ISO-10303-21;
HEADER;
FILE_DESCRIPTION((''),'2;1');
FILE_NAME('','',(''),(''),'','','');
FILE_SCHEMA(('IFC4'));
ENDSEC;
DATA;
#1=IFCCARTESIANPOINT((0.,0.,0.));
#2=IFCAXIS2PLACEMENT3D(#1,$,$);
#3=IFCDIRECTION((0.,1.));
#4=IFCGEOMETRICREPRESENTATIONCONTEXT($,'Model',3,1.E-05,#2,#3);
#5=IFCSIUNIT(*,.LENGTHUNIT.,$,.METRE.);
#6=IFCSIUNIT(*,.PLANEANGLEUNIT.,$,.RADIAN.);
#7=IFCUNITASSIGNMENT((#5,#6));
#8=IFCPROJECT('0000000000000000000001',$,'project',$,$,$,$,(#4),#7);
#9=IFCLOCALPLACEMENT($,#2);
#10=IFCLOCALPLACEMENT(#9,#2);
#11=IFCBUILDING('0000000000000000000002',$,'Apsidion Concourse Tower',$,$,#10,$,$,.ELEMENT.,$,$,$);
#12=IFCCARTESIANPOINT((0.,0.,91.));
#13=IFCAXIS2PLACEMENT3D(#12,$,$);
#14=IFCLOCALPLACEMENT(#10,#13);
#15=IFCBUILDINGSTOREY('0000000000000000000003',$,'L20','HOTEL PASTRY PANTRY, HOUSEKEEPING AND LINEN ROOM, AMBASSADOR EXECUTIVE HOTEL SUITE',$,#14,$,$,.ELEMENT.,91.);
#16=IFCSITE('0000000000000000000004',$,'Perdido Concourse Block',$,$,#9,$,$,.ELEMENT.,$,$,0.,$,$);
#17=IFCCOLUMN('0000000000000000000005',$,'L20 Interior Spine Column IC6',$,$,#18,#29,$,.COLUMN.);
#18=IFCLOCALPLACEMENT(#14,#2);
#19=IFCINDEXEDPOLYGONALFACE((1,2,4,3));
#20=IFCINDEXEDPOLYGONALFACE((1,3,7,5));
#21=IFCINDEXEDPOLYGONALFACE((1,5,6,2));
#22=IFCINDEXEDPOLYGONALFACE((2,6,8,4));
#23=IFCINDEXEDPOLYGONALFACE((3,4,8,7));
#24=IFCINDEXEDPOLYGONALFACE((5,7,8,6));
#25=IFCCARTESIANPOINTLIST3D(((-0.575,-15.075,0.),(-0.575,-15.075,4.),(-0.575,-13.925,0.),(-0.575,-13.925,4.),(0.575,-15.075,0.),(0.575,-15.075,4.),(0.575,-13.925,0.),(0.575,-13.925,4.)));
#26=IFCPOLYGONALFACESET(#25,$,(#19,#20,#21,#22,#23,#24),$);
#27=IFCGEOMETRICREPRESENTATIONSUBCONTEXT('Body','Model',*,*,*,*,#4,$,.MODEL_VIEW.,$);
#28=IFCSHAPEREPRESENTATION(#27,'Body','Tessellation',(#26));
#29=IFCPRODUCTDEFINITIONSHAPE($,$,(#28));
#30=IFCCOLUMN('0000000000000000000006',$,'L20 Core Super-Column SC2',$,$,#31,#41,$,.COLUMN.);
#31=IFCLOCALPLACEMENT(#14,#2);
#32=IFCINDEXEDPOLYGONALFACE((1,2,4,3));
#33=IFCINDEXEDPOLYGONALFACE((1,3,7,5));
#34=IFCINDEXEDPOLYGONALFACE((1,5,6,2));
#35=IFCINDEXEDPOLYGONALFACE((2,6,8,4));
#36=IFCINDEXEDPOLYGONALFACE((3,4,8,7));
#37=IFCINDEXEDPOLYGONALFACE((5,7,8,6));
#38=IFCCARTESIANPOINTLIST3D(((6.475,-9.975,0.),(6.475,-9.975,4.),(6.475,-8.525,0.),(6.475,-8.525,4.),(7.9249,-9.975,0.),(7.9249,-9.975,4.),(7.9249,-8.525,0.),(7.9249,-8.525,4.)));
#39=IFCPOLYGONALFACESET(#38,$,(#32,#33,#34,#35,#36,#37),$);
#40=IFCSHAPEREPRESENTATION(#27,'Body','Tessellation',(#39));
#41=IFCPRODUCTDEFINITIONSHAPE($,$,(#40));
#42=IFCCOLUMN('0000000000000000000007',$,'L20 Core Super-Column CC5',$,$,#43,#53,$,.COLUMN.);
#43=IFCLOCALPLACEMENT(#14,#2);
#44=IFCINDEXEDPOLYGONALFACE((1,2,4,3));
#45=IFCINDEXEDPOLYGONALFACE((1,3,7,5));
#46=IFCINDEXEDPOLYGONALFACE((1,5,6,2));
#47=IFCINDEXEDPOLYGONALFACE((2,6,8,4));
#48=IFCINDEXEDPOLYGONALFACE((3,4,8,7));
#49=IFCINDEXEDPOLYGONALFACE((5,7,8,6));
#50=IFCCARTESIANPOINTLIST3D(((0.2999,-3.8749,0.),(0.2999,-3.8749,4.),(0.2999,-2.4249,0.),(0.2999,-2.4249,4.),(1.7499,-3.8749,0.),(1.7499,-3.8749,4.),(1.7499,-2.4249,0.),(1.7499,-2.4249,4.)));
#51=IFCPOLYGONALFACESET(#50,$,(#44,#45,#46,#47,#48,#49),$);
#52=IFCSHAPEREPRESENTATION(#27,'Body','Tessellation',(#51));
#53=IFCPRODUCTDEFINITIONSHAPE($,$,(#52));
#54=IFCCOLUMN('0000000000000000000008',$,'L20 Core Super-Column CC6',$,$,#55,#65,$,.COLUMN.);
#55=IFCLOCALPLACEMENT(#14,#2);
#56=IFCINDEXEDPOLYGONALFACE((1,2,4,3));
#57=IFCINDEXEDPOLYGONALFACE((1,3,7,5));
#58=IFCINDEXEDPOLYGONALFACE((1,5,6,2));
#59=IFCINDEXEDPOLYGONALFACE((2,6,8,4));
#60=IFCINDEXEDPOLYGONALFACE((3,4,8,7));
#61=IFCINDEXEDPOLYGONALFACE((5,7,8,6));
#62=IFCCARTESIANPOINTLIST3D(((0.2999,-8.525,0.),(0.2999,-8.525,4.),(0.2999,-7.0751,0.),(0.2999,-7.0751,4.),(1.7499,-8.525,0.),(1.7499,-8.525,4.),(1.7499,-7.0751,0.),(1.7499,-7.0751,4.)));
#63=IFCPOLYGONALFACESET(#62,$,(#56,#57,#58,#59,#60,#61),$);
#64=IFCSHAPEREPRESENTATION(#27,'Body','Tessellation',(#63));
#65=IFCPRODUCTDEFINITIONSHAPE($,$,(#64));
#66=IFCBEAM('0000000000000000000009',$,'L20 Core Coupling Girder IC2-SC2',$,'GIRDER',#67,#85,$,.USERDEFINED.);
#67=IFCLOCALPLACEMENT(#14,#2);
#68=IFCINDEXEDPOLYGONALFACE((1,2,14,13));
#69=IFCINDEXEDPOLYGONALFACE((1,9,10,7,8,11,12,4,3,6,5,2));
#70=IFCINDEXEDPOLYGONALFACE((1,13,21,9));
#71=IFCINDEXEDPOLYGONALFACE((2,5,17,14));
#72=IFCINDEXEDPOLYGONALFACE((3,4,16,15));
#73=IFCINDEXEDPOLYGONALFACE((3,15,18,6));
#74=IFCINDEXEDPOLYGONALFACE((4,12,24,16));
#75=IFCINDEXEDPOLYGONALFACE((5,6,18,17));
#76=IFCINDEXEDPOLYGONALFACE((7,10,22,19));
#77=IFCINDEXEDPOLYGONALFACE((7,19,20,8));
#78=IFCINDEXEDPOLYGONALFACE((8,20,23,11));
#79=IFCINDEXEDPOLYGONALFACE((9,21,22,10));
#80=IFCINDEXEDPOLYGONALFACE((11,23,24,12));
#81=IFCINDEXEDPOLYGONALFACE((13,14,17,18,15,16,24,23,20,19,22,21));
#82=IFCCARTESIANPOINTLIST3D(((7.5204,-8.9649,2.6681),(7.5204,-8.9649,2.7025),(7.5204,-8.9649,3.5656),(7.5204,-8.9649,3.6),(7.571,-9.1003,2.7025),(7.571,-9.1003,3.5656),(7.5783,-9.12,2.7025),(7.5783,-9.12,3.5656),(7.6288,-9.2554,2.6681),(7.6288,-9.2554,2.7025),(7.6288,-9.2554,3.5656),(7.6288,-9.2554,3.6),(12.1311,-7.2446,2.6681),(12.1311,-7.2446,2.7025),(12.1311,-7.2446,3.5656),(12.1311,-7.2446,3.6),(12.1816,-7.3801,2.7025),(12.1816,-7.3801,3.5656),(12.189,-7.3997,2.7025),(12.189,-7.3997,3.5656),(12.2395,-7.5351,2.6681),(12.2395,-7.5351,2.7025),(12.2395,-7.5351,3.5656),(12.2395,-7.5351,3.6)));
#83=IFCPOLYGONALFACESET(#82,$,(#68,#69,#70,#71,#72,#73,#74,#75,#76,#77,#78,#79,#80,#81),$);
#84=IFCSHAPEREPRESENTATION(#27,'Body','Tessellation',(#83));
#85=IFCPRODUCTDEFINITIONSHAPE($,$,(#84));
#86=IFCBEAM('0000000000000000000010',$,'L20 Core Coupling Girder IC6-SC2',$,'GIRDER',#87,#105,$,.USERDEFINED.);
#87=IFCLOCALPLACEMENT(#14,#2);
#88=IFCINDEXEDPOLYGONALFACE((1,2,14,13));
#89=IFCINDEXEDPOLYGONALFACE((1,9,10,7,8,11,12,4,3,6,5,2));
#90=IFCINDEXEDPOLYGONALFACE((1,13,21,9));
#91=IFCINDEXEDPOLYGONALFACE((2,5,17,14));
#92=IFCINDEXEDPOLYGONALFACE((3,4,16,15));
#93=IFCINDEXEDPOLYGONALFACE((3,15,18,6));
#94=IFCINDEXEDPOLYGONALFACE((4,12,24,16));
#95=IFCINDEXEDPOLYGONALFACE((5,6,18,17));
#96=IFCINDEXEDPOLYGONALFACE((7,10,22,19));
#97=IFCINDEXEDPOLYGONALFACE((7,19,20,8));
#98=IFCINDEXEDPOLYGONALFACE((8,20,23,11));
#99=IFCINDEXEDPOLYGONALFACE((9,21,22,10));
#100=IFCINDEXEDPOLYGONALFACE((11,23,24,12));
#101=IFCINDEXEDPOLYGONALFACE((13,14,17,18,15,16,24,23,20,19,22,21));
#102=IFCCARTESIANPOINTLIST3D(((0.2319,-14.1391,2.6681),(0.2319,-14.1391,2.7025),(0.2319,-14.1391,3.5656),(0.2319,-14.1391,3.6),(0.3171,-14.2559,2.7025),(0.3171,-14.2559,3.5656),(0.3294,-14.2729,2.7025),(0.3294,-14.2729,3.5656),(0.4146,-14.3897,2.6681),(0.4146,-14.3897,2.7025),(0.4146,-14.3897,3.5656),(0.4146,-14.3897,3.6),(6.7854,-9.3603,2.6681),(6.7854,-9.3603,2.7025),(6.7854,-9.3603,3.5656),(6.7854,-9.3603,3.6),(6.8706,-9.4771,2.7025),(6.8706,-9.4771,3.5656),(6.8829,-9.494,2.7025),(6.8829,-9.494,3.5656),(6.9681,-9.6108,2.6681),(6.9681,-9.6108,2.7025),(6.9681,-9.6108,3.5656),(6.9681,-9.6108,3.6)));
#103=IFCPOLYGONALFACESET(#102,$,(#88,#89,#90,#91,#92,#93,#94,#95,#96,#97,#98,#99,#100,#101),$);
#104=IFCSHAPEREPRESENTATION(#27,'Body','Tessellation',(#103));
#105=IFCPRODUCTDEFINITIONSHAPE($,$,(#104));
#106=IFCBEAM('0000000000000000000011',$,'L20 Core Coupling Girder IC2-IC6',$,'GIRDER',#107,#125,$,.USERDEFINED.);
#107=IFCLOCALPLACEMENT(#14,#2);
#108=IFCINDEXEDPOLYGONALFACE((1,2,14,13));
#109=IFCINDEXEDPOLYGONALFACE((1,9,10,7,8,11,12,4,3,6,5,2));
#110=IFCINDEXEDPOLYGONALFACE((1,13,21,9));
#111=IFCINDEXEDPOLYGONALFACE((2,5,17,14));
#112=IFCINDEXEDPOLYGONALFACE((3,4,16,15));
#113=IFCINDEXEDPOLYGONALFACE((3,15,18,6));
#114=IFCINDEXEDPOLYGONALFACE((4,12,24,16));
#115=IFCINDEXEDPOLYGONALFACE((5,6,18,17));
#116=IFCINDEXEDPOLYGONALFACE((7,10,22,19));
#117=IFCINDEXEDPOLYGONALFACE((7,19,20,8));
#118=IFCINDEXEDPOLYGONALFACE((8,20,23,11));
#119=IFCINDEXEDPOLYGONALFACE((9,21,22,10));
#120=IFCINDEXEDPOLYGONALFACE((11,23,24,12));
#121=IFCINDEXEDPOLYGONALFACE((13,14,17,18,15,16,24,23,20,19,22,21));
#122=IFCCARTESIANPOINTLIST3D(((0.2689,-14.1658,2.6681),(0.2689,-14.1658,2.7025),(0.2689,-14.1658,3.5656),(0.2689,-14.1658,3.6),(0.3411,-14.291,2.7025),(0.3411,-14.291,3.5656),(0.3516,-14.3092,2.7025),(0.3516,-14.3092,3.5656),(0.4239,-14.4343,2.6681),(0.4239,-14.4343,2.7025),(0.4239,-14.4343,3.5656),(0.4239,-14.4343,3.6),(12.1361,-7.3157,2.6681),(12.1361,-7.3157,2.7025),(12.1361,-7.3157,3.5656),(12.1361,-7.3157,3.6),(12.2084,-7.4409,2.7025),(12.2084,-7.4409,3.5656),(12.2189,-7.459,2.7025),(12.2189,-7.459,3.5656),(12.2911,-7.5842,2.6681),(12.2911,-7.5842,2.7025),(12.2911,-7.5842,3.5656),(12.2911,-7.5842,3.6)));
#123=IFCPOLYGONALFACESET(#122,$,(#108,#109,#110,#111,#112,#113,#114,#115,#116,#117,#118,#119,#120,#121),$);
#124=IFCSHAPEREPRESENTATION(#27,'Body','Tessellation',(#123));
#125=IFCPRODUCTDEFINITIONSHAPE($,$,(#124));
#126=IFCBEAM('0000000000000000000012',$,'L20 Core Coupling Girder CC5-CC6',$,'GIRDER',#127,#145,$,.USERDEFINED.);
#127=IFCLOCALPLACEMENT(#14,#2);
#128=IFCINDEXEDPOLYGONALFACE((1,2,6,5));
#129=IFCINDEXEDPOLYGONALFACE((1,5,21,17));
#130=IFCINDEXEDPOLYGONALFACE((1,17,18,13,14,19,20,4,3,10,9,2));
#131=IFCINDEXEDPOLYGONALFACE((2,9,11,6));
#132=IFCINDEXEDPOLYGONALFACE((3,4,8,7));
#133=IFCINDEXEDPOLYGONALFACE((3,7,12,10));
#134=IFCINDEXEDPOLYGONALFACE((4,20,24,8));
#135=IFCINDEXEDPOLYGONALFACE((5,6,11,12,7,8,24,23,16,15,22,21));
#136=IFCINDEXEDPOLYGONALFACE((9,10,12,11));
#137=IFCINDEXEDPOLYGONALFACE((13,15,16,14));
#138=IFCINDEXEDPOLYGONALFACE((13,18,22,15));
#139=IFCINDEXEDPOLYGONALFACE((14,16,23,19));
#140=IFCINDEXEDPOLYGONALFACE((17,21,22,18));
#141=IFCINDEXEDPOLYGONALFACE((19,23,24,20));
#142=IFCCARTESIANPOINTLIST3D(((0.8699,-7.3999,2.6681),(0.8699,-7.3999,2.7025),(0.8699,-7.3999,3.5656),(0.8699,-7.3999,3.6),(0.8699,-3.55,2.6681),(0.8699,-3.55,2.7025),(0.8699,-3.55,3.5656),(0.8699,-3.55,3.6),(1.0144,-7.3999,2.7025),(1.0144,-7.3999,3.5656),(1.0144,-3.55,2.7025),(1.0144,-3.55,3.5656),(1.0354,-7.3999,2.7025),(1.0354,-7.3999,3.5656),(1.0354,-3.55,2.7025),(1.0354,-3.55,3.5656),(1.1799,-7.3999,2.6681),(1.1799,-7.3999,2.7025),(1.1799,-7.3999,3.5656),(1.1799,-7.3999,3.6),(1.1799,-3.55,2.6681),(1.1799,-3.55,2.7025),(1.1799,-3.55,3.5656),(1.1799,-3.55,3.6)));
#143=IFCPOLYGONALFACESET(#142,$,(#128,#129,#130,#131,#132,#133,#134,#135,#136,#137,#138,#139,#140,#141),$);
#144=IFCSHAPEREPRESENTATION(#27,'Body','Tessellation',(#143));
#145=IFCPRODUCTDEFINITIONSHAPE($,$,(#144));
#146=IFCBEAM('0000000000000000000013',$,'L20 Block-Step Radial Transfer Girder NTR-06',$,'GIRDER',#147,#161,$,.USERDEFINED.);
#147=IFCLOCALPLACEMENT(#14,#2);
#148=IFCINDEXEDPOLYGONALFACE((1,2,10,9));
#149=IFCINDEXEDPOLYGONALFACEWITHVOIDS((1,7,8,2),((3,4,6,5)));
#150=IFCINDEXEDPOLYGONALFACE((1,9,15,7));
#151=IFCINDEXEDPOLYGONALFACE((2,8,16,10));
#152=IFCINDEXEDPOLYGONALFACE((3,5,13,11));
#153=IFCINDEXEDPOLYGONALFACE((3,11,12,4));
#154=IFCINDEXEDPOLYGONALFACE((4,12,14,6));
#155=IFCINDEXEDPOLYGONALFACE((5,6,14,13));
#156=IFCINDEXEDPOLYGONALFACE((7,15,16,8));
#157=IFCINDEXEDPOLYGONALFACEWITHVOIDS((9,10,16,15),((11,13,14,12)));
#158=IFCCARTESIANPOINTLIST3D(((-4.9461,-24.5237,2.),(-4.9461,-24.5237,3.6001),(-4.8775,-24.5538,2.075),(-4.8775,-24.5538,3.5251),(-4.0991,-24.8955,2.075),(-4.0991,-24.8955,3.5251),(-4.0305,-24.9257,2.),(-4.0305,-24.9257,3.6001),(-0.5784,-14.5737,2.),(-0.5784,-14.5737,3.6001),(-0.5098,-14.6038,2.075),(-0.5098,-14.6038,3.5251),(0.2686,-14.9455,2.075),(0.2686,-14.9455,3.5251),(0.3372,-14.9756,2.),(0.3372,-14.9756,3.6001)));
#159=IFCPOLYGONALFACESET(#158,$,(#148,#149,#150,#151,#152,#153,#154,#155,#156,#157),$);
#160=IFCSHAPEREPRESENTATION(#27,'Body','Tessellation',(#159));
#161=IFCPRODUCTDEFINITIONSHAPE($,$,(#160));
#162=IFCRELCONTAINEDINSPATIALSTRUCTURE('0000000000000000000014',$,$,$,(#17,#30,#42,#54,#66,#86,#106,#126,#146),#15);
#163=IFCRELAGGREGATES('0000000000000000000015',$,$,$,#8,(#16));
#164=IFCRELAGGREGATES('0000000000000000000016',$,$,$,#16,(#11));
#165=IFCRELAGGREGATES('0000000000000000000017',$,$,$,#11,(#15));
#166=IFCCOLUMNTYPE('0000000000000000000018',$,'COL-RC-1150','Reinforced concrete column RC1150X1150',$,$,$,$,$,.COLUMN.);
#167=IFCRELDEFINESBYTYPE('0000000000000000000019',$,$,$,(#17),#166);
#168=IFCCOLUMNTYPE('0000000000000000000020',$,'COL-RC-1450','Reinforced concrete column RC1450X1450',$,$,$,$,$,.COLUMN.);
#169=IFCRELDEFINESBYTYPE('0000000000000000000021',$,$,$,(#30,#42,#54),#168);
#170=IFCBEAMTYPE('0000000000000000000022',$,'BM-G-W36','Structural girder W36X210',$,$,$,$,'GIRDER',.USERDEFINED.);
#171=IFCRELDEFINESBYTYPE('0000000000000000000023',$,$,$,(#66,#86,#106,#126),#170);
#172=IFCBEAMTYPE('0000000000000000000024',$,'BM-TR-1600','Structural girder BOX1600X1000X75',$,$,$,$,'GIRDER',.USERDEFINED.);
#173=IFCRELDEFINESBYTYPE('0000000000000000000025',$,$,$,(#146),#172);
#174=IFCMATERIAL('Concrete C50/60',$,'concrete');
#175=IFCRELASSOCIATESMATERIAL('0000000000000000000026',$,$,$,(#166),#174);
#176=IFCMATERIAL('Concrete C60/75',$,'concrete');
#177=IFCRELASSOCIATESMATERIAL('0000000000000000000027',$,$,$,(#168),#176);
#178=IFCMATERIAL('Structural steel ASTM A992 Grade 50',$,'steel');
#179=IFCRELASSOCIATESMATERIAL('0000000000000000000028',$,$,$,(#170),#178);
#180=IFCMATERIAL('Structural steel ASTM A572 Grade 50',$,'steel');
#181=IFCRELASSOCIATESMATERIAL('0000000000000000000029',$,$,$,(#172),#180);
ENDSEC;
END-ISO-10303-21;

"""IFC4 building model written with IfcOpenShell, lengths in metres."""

from ifc_helpers import new_model, si_unit, direction, frame, origin, origin_2d, place, context, subcontext, project, spatial, rectangle, hollow_rectangle, i_section, extrude, material, material_profile, profile_set, type_object, element, save


model = new_model("IFC4")

# Units and contexts
model_context = context("Model", 3, precision=1e-05, world=origin(), true_north=direction((0.0, 1.0)))
body_context = subcontext(model_context, "Body", "Model", "MODEL_VIEW")
ifc_project = project(units=[si_unit("LENGTHUNIT", "METRE"), si_unit("PLANEANGLEUNIT", "RADIAN")], contexts=[model_context])

# Site, building, storey
site_placement = place(None, origin())
site = spatial("IfcSite", under=ifc_project, at=site_placement, Name="Perdido Concourse Block", CompositionType="ELEMENT", RefElevation=0.0)
building_placement = place(site_placement, origin())
building = spatial("IfcBuilding", under=site, at=building_placement, Name="Apsidion Concourse Tower", CompositionType="ELEMENT")
storey_placement = place(building_placement, frame((0.0, 0.0, 91.0)))
storey = spatial("IfcBuildingStorey", under=building, at=storey_placement, Name="L20", Description="HOTEL PASTRY PANTRY, HOUSEKEEPING AND LINEN ROOM, AMBASSADOR EXECUTIVE HOTEL SUITE", CompositionType="ELEMENT", Elevation=91.0)

# Columns
ifc_material_1 = material(Name="Concrete C50/60", Category="concrete")
ifc_material_profile_1 = material_profile(ifc_material_1, rectangle(XDim=1.1499, YDim=1.1499, at=origin_2d()), Name="RC 1150x1150")
ifc_profile_set_1 = profile_set([ifc_material_profile_1], Name="Concrete C50/60")
column_type_1 = type_object("IfcColumnType", Name="COL-RC-1150", Description="Reinforced concrete column RC1150X1150", PredefinedType="COLUMN", material=ifc_profile_set_1)
column_placement = place(storey_placement, frame((0.0, -14.5, 0.0), z_axis=(0.0, 0.0, 1.0), x_axis=(1.0, 0.0, 0.0)))
element("IfcColumn", 1, at=column_placement, inside=storey, type_object=column_type_1, Name="L20 Interior Spine Column IC6", PredefinedType="COLUMN", context=body_context, shape_type="SweptSolid", body=[
    extrude(rectangle(XDim=1.1499, YDim=1.1499, at=origin_2d()), origin(), (0.0, 0.0, 1.0), 4.0),
])
ifc_material_2 = material(Name="Concrete C60/75", Category="concrete")
ifc_material_profile_2 = material_profile(ifc_material_2, rectangle(XDim=1.45, YDim=1.45, at=origin_2d()), Name="RC 1450x1450")
ifc_profile_set_2 = profile_set([ifc_material_profile_2], Name="Concrete C60/75")
column_type_2 = type_object("IfcColumnType", Name="COL-RC-1450", Description="Reinforced concrete column RC1450X1450", PredefinedType="COLUMN", material=ifc_profile_set_2)
for number, where, z_axis, x_axis, name in (
    (2, (7.2, -9.25, 0.0), (0.0, 0.0, 1.0), (1.0, 0.0, 0.0), "L20 Core Super-Column SC2"),
    (3, (1.0249, -3.1499, 0.0), (0.0, 0.0, 1.0), (1.0, 0.0, 0.0), "L20 Core Super-Column CC5"),
    (4, (1.0249, -7.8, 0.0), (0.0, 0.0, 1.0), (1.0, 0.0, 0.0), "L20 Core Super-Column CC6"),
):
    element("IfcColumn", number, at=place(storey_placement, frame(where, z_axis=z_axis, x_axis=x_axis)), inside=storey, type_object=column_type_2, Name=name, PredefinedType="COLUMN", context=body_context, shape_type="SweptSolid", body=[
        extrude(rectangle(XDim=1.45, YDim=1.45, at=origin_2d()), origin(), (0.0, 0.0, 1.0), 4.0),
    ])

# Beams
ifc_material_3 = material(Name="Structural steel ASTM A992 Grade 50", Category="steel")
ifc_material_profile_3 = material_profile(ifc_material_3, i_section(OverallWidth=0.3101, OverallDepth=0.9319, WebThickness=0.021, FlangeThickness=0.0344, at=origin_2d()), Name="W36X210")
ifc_profile_set_3 = profile_set([ifc_material_profile_3], Name="Structural steel ASTM A992 Grade 50")
beam_type_1 = type_object("IfcBeamType", Name="BM-G-W36", Description="Structural girder W36X210", ElementType="GIRDER", PredefinedType="USERDEFINED", material=ifc_profile_set_3)
beam_1_placement = place(storey_placement, frame((12.1853, -7.3899, 3.134), z_axis=(-0.936913, -0.349563, 0.0), x_axis=(0.349563, -0.936913, 0.0)))
element("IfcBeam", 5, at=beam_1_placement, inside=storey, type_object=beam_type_1, Name="L20 Core Coupling Girder IC2-SC2", ObjectType="GIRDER", PredefinedType="USERDEFINED", context=body_context, shape_type="SweptSolid", body=[
    extrude(i_section(OverallWidth=0.3101, OverallDepth=0.9319, WebThickness=0.021, FlangeThickness=0.0344, at=origin_2d()), origin(), (0.0, 0.0, 1.0), 4.9211),
])
beam_2_placement = place(storey_placement, frame((0.3232, -14.2644, 3.134), z_axis=(0.807993, 0.589191, 0.0), x_axis=(-0.589191, 0.807993, 0.0)))
element("IfcBeam", 6, at=beam_2_placement, inside=storey, type_object=beam_type_1, Name="L20 Core Coupling Girder IC6-SC2", ObjectType="GIRDER", PredefinedType="USERDEFINED", context=body_context, shape_type="SweptSolid", body=[
    extrude(i_section(OverallWidth=0.3101, OverallDepth=0.9319, WebThickness=0.021, FlangeThickness=0.0344, at=origin_2d()), origin(), (0.0, 0.0, 1.0), 8.1108),
])
beam_3_placement = place(storey_placement, frame((12.2136, -7.45, 3.134), z_axis=(-0.86607, -0.499922, 0.0), x_axis=(0.499922, -0.86607, 0.0)))
element("IfcBeam", 7, at=beam_3_placement, inside=storey, type_object=beam_type_1, Name="L20 Core Coupling Girder IC2-IC6", ObjectType="GIRDER", PredefinedType="USERDEFINED", context=body_context, shape_type="SweptSolid", body=[
    extrude(i_section(OverallWidth=0.3101, OverallDepth=0.9319, WebThickness=0.021, FlangeThickness=0.0344, at=origin_2d()), origin(), (0.0, 0.0, 1.0), 13.7024),
])
beam_4_placement = place(storey_placement, frame((1.0249, -3.55, 3.134), z_axis=(0.0, -1.0, 0.0), x_axis=(1.0, 0.0, 0.0)))
element("IfcBeam", 8, at=beam_4_placement, inside=storey, type_object=beam_type_1, Name="L20 Core Coupling Girder CC5-CC6", ObjectType="GIRDER", PredefinedType="USERDEFINED", context=body_context, shape_type="SweptSolid", body=[
    extrude(i_section(OverallWidth=0.3101, OverallDepth=0.9319, WebThickness=0.021, FlangeThickness=0.0344, at=origin_2d()), origin(), (0.0, 0.0, 1.0), 3.8499),
])
ifc_material_4 = material(Name="Structural steel ASTM A572 Grade 50", Category="steel")
ifc_material_profile_4 = material_profile(ifc_material_4, hollow_rectangle(XDim=1.0, YDim=1.6001, WallThickness=0.075, at=origin_2d()), Name="BOX1600X1000X75")
ifc_profile_set_4 = profile_set([ifc_material_profile_4], Name="Structural steel ASTM A572 Grade 50")
beam_type_2 = type_object("IfcBeamType", Name="BM-TR-1600", Description="Structural girder BOX1600X1000X75", ElementType="GIRDER", PredefinedType="USERDEFINED", material=ifc_profile_set_4)
beam_5_placement = place(storey_placement, frame((-0.1206, -14.7747, 2.8), z_axis=(-0.401944, -0.915664, 0.0), x_axis=(0.915664, -0.401944, 0.0)))
element("IfcBeam", 9, at=beam_5_placement, inside=storey, type_object=beam_type_2, Name="L20 Block-Step Radial Transfer Girder NTR-06", ObjectType="GIRDER", PredefinedType="USERDEFINED", context=body_context, shape_type="SweptSolid", body=[
    extrude(hollow_rectangle(XDim=1.0, YDim=1.6001, WallThickness=0.075, at=origin_2d()), origin(), (0.0, 0.0, 1.0), 10.8665),
])

save(model, "model.ifc")
